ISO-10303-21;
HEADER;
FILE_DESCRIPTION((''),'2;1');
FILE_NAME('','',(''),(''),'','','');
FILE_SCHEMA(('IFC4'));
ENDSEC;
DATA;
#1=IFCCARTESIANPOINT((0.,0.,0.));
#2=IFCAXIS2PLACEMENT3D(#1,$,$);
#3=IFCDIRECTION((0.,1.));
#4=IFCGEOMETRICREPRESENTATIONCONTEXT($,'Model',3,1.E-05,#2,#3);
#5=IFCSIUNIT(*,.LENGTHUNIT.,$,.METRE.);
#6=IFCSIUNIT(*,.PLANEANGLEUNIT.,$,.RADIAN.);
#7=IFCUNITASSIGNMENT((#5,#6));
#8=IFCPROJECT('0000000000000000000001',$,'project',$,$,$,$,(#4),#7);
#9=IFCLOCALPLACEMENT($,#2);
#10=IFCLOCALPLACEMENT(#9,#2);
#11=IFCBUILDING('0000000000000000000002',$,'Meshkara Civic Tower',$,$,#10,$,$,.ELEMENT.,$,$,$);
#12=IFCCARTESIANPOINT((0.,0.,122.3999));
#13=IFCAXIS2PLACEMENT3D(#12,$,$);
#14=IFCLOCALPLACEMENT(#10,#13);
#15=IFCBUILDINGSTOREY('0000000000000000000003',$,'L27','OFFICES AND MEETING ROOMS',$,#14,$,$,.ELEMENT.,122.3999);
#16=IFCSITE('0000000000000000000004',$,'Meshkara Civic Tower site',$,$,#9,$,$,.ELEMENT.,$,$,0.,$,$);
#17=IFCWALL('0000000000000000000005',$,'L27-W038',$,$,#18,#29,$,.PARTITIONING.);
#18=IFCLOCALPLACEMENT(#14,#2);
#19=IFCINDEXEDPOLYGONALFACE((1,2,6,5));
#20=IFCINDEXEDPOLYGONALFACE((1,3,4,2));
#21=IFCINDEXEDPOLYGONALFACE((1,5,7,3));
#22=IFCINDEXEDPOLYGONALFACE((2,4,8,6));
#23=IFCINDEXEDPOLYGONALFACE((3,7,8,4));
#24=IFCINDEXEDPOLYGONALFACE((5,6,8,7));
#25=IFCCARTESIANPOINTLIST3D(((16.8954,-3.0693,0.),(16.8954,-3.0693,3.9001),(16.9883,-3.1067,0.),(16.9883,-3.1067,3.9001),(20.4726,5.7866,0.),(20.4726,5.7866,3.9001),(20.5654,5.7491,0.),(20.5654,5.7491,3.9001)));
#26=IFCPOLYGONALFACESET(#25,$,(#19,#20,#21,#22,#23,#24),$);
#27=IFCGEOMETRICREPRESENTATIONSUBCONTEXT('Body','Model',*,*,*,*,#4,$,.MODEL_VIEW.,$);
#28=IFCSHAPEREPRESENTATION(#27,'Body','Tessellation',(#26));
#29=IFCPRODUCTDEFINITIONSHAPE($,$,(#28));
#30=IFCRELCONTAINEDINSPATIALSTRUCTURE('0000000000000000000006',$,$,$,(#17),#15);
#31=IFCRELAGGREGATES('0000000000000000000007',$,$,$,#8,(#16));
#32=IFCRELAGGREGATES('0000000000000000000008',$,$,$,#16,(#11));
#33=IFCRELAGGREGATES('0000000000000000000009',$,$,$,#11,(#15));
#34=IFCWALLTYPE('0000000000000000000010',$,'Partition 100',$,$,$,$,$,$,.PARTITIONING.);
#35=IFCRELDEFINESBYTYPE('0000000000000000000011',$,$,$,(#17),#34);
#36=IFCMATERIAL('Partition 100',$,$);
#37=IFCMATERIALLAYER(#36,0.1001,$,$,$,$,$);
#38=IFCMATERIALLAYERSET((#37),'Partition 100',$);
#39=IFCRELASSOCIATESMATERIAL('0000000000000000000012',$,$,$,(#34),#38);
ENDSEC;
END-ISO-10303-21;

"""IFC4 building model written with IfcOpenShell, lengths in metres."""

from ifc_helpers import new_model, si_unit, direction, frame, frame_2d, origin, place, context, subcontext, project, spatial, rectangle, extrude, material, layer, layer_set, type_object, element, save


model = new_model("IFC4")

# Units and contexts
model_context = context("Model", 3, precision=1e-05, world=origin(), true_north=direction((0.0, 1.0)))
body_context = subcontext(model_context, "Body", "Model", "MODEL_VIEW")
ifc_project = project(units=[si_unit("LENGTHUNIT", "METRE"), si_unit("PLANEANGLEUNIT", "RADIAN")], contexts=[model_context])

# Site, building, storey
site_placement = place(None, origin())
site = spatial("IfcSite", under=ifc_project, at=site_placement, Name="Meshkara Civic Tower site", CompositionType="ELEMENT", RefElevation=0.0)
building_placement = place(site_placement, origin())
building = spatial("IfcBuilding", under=site, at=building_placement, Name="Meshkara Civic Tower", CompositionType="ELEMENT")
storey_placement = place(building_placement, frame((0.0, 0.0, 122.3999)))
storey = spatial("IfcBuildingStorey", under=building, at=storey_placement, Name="L27", Description="OFFICES AND MEETING ROOMS", CompositionType="ELEMENT", Elevation=122.3999)

# Wall
ifc_material_1 = material(Name="Partition 100")
ifc_layer_1 = layer(ifc_material_1, 0.1001)
ifc_layer_set_1 = layer_set([ifc_layer_1], Name="Partition 100")
wall_type_1 = type_object("IfcWallType", Name="Partition 100", PredefinedType="PARTITIONING", material=ifc_layer_set_1)
wall_1_placement = place(storey_placement, frame((16.9419, -3.0879, 0.0), z_axis=(0.0, 0.0, 1.0), x_axis=(0.374526, 0.927216, 0.0)))
element("IfcWall", 1, at=wall_1_placement, inside=storey, type_object=wall_type_1, Name="L27-W038", PredefinedType="PARTITIONING", context=body_context, shape_type="SweptSolid", body=[
    extrude(rectangle(XDim=9.551, YDim=0.1001, at=frame_2d((4.7754, 0.0))), origin(), (0.0, 0.0, 1.0), 3.9001),
])

save(model, "model.ifc")
